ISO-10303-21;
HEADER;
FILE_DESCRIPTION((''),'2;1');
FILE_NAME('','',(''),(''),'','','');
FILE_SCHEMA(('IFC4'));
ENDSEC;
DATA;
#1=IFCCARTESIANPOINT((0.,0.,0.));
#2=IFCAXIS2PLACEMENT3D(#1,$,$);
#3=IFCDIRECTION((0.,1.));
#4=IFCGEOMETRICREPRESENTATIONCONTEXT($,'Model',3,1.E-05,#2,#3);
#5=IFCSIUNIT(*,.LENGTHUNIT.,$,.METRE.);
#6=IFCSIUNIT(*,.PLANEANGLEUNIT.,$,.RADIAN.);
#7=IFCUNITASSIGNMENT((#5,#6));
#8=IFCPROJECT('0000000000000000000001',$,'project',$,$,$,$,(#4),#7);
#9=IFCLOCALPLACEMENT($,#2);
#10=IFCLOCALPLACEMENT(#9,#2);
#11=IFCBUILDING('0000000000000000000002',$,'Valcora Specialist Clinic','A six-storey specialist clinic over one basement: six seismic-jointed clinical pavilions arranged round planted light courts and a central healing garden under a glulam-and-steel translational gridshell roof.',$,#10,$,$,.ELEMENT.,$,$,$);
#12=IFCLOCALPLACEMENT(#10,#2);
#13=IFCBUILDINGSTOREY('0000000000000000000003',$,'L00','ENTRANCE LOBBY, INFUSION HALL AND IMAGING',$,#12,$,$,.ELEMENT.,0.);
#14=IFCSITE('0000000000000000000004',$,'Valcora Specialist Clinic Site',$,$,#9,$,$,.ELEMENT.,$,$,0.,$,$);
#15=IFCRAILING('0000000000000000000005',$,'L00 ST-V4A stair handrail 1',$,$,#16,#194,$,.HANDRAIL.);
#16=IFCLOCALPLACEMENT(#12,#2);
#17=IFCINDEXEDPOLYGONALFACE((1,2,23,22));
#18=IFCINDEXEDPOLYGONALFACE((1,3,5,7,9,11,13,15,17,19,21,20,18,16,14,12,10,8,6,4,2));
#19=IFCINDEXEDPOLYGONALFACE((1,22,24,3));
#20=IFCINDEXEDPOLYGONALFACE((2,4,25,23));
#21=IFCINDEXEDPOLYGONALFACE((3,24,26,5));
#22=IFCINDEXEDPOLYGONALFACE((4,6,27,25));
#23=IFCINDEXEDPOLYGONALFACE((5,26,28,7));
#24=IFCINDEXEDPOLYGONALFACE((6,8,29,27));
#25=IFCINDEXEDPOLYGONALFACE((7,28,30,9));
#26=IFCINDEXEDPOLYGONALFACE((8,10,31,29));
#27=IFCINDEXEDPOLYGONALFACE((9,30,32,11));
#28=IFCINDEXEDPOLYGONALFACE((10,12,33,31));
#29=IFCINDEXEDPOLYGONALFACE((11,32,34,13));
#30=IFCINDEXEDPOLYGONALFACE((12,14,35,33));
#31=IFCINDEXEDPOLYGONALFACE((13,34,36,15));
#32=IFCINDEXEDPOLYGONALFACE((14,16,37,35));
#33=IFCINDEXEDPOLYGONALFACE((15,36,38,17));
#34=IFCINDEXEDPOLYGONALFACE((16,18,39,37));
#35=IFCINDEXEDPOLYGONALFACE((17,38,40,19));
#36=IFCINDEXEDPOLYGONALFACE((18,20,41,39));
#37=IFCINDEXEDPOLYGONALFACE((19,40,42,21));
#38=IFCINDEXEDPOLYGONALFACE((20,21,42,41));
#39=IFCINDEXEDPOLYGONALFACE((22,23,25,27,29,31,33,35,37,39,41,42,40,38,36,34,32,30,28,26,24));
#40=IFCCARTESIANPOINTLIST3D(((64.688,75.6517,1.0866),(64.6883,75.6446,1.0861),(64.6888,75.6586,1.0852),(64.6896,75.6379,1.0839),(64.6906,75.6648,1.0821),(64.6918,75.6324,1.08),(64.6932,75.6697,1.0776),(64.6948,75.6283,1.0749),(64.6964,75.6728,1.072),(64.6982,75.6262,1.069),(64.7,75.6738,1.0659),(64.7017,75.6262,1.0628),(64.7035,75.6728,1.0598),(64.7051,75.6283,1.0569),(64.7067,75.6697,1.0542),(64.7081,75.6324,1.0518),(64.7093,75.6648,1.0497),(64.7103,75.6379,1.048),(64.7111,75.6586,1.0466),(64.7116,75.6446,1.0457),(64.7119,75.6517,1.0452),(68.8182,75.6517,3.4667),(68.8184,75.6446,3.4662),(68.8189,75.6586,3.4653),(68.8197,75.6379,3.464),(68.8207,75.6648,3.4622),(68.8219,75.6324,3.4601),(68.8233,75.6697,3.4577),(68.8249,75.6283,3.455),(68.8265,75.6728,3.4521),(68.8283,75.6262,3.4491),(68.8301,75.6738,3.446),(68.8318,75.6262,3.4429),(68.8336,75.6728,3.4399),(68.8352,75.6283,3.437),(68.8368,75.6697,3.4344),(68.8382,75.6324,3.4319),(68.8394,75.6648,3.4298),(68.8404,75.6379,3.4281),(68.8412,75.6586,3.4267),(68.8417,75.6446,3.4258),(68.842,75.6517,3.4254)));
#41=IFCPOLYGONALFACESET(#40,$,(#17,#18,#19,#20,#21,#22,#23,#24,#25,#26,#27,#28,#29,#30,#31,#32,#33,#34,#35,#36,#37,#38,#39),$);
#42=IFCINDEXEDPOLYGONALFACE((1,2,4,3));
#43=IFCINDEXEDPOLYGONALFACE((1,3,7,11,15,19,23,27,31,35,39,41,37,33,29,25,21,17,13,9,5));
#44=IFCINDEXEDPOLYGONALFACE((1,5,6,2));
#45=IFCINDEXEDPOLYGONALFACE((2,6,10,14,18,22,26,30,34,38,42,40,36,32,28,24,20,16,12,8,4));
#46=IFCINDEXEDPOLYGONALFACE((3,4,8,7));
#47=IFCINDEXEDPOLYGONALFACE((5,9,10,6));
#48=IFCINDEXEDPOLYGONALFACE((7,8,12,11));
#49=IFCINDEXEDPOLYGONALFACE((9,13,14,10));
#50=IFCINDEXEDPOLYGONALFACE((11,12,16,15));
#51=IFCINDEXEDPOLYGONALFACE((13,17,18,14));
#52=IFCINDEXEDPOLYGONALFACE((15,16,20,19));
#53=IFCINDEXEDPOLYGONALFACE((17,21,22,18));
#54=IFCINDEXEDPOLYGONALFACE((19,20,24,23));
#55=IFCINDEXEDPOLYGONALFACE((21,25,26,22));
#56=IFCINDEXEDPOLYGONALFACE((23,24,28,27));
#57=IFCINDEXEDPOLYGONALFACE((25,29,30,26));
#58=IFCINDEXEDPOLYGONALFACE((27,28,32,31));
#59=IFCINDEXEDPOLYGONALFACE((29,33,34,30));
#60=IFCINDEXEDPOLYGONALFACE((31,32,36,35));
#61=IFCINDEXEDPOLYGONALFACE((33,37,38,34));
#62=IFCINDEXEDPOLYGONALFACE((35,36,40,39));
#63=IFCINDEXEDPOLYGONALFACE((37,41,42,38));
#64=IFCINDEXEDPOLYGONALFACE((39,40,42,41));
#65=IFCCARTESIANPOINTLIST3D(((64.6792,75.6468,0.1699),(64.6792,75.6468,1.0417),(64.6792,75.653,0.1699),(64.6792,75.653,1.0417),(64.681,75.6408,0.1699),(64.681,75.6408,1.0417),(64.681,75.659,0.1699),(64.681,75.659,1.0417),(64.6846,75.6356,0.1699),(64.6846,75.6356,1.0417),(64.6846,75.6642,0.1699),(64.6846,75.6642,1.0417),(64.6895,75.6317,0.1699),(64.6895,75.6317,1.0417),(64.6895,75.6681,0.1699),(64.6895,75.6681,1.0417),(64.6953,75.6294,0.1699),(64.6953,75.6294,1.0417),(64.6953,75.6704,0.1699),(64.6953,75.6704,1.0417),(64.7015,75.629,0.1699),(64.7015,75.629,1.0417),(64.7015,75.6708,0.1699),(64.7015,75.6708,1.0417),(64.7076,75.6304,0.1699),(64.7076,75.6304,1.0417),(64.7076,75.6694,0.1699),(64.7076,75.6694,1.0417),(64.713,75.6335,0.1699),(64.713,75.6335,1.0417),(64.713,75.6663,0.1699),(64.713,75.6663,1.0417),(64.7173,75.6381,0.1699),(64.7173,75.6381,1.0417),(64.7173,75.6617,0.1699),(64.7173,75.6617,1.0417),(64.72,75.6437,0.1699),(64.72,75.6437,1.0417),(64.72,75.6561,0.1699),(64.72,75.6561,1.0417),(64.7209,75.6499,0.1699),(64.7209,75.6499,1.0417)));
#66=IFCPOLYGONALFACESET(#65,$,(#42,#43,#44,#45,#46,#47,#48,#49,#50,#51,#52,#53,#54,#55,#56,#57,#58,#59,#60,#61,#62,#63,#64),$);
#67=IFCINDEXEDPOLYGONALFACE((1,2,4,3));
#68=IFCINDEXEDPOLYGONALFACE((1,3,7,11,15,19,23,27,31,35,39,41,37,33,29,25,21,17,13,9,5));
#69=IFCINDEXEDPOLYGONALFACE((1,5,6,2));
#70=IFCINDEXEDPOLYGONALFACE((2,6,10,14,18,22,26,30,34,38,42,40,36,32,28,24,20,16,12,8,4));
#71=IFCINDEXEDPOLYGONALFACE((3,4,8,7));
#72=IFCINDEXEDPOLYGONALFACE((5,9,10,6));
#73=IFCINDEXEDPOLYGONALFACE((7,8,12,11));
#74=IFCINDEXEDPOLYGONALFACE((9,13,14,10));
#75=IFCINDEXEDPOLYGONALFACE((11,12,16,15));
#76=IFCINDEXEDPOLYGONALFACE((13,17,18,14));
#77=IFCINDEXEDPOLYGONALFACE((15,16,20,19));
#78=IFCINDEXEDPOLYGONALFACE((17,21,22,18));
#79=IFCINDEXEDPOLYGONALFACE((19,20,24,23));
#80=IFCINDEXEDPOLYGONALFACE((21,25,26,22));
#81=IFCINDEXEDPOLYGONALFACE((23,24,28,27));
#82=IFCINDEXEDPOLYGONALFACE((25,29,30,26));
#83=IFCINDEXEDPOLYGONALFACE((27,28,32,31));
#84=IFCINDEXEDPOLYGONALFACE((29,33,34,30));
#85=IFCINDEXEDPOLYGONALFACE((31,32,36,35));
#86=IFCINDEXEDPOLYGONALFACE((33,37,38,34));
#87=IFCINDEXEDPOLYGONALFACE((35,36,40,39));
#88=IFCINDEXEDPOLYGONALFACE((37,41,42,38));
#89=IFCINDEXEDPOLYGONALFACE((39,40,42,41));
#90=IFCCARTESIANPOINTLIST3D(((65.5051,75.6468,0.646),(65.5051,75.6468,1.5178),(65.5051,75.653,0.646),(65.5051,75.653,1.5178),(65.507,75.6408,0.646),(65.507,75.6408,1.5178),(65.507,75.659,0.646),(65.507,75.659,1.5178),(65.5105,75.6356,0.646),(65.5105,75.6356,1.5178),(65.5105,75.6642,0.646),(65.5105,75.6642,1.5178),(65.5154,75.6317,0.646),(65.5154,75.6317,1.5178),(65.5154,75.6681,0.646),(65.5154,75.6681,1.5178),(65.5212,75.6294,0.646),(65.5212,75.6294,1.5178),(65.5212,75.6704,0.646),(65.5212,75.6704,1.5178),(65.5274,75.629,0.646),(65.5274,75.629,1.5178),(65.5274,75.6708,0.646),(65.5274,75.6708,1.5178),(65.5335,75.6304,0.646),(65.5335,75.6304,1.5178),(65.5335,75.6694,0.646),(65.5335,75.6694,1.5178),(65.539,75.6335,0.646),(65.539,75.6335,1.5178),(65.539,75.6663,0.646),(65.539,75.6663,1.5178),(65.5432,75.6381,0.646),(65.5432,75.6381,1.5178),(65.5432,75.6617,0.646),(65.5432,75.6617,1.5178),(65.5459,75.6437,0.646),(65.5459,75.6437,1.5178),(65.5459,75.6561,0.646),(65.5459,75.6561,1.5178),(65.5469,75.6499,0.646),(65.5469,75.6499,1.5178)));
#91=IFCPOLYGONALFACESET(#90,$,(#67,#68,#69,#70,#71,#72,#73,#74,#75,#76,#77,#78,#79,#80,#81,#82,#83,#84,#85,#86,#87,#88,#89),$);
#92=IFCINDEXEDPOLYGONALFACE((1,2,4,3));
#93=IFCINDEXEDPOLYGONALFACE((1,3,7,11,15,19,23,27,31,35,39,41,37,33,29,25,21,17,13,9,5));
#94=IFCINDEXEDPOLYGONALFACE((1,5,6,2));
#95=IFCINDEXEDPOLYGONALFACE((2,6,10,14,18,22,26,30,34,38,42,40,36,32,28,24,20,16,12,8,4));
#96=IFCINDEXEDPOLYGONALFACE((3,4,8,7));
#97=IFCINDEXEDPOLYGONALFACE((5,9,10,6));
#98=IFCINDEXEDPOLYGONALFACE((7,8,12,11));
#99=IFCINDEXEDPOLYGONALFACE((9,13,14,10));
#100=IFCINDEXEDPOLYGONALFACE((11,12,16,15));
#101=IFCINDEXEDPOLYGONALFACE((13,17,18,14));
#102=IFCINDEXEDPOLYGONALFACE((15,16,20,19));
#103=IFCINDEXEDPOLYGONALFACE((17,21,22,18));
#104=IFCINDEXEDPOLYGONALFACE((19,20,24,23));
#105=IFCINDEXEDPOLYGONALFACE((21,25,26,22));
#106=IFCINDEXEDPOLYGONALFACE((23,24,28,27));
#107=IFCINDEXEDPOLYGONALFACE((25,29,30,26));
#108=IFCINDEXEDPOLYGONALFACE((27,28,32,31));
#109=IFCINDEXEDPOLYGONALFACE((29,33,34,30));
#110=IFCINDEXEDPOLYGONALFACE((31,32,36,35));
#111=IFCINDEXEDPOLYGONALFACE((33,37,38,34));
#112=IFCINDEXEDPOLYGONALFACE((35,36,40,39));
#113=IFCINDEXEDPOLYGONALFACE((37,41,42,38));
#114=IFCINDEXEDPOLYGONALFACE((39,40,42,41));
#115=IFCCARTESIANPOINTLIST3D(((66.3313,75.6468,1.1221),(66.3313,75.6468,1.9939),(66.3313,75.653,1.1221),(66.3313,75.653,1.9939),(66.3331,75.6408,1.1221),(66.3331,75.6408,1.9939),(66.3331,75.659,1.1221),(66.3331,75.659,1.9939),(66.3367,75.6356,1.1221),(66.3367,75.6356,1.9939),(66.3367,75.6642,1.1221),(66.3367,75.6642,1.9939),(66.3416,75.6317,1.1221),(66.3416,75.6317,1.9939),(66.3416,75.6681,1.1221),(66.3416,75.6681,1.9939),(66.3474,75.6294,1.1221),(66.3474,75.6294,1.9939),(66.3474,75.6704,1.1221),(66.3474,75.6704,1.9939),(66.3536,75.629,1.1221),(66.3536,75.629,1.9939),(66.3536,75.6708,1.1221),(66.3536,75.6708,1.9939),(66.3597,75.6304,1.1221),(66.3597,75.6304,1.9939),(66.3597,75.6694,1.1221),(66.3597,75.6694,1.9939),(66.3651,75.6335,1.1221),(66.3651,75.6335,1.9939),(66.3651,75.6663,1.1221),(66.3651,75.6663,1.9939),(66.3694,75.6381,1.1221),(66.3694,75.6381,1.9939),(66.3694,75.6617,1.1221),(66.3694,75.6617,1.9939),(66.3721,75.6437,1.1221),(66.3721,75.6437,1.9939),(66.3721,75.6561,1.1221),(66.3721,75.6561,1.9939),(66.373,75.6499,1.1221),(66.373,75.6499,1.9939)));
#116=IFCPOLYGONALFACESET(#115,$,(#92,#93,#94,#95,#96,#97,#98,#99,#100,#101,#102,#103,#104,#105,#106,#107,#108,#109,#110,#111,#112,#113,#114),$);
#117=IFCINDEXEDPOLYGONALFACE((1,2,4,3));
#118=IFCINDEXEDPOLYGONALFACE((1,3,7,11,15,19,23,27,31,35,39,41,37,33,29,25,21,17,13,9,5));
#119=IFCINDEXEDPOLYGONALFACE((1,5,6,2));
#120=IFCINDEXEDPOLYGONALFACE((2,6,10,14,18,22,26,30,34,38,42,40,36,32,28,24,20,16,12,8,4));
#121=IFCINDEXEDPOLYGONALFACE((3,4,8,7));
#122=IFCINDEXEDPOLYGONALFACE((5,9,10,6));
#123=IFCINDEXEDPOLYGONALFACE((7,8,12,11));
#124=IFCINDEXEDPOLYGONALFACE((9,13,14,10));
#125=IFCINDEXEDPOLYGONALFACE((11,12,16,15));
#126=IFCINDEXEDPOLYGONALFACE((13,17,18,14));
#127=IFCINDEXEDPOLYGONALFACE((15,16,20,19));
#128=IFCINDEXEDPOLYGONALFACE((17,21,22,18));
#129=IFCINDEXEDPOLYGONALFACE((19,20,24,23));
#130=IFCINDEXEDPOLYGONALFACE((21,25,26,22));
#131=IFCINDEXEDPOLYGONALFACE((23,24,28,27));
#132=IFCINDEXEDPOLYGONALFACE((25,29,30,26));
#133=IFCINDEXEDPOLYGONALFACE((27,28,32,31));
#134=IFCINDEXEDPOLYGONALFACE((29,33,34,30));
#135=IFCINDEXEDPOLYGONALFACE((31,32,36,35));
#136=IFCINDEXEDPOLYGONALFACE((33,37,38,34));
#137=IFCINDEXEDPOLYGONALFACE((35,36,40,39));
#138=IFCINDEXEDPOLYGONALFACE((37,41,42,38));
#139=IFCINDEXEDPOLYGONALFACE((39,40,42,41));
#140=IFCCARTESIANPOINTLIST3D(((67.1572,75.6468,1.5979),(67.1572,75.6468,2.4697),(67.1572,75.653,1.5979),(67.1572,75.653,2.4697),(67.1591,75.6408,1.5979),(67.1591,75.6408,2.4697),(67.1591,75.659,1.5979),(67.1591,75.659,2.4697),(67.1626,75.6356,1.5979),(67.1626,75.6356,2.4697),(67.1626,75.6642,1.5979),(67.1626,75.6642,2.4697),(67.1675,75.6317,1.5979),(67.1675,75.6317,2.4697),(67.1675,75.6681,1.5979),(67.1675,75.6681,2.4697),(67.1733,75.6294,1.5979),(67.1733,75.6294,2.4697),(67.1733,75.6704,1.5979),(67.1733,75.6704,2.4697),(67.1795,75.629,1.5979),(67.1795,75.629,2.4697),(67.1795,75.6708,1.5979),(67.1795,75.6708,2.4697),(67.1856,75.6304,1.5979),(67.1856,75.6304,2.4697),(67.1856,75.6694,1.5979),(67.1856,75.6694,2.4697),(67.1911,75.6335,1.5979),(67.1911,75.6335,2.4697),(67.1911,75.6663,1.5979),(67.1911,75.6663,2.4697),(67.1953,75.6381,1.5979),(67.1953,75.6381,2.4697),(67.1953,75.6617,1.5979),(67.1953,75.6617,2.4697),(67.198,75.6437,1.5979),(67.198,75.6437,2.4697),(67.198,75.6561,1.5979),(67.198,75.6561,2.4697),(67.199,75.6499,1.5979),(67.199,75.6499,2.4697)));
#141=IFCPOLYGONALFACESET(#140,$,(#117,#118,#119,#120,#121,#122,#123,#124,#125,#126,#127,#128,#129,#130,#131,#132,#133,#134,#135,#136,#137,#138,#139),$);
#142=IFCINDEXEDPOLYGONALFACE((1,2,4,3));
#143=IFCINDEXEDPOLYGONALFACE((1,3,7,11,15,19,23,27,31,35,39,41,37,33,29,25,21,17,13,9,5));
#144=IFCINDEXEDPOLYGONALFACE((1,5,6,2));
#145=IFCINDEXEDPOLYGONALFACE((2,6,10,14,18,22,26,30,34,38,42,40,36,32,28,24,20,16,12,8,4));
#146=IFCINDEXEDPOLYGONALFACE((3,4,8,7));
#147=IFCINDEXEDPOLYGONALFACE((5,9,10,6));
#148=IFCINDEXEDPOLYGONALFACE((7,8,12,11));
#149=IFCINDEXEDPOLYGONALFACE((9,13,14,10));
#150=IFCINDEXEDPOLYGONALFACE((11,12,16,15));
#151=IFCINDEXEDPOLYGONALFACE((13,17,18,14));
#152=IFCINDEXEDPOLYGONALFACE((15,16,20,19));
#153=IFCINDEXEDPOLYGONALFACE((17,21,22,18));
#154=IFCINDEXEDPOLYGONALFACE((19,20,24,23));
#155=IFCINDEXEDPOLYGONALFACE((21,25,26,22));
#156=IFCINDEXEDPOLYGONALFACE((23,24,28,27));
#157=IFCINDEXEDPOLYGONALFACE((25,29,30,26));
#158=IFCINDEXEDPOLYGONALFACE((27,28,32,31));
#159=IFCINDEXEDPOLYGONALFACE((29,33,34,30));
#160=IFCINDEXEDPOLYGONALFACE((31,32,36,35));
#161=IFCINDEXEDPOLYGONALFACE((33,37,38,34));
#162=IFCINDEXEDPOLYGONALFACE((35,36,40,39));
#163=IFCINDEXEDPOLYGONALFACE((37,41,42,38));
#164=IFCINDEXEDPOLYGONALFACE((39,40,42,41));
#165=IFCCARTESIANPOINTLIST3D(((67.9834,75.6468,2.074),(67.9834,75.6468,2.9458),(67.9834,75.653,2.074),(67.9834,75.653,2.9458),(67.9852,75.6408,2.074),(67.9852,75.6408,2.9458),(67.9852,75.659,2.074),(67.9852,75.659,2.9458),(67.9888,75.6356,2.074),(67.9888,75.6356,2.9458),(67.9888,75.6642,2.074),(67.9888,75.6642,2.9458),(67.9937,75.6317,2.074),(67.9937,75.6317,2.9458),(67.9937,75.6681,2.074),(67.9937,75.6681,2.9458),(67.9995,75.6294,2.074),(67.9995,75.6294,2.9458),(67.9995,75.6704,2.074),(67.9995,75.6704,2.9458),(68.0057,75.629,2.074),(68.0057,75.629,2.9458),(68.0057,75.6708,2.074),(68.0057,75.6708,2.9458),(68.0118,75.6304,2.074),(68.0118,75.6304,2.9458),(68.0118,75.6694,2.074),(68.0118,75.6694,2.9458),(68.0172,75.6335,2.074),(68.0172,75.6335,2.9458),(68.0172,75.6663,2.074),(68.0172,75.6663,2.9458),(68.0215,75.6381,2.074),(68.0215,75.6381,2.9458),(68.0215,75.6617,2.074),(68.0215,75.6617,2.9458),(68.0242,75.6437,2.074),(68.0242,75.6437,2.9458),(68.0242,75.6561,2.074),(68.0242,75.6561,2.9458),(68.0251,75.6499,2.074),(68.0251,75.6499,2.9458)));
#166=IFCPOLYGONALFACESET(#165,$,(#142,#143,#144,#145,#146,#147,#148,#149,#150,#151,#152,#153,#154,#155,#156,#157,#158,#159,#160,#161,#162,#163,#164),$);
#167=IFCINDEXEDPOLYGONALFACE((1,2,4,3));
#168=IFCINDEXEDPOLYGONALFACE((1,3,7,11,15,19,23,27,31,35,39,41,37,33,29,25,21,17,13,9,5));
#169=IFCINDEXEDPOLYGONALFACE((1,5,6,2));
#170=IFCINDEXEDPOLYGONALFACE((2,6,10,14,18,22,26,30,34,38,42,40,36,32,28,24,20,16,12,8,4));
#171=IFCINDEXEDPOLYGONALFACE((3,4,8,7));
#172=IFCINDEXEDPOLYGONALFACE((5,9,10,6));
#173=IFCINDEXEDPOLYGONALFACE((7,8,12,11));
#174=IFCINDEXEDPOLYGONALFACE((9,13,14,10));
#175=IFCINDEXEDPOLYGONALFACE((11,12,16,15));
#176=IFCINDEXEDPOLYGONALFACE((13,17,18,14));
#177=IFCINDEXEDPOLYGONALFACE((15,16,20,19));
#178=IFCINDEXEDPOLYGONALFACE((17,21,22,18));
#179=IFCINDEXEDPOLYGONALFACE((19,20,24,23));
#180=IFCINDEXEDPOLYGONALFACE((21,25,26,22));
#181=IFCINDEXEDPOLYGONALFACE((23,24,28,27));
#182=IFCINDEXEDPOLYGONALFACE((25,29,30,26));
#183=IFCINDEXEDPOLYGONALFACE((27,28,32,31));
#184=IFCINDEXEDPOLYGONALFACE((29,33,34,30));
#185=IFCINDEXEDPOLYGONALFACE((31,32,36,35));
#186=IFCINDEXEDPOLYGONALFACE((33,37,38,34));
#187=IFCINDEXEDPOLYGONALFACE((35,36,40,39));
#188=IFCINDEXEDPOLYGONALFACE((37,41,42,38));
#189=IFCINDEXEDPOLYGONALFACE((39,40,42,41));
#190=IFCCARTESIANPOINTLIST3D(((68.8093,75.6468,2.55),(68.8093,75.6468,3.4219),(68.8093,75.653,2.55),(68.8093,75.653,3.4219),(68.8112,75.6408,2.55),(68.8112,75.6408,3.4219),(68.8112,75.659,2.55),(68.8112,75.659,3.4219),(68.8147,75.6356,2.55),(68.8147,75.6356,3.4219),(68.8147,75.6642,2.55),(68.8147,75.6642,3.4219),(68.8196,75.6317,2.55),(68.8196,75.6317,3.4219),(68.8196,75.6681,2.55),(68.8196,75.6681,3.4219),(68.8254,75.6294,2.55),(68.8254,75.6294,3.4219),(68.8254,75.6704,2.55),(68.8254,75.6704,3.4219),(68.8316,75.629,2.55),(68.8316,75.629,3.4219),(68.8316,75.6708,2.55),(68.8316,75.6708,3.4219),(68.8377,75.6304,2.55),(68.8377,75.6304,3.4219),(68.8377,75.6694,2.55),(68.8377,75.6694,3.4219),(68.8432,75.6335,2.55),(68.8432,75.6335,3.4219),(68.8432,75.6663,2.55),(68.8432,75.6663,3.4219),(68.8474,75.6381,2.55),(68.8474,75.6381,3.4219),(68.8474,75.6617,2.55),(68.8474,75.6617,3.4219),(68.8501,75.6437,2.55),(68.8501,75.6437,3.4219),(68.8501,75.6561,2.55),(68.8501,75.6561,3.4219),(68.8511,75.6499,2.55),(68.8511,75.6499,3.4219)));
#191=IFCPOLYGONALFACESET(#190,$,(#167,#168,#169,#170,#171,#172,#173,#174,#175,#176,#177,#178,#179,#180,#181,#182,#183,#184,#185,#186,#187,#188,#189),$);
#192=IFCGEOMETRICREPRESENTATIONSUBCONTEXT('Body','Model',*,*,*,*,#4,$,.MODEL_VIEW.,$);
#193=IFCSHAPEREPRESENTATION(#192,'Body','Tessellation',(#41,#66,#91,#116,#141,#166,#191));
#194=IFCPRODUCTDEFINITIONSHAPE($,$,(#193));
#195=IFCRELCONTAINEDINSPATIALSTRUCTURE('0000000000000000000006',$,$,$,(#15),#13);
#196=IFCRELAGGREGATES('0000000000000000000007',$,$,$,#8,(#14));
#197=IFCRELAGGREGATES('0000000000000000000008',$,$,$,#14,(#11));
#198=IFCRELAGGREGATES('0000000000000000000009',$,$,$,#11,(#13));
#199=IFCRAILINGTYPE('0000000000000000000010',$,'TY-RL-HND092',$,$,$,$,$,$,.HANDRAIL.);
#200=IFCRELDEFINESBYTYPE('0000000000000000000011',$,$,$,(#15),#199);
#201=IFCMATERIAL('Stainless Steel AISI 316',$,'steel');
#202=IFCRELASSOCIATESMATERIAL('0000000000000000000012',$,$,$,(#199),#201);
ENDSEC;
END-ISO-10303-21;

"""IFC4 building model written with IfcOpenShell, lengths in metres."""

from ifc_helpers import new_model, si_unit, direction, frame, origin, origin_2d, place, context, subcontext, project, spatial, circle, extrude, material, type_object, element, save


model = new_model("IFC4")

# Units and contexts
model_context = context("Model", 3, precision=1e-05, world=origin(), true_north=direction((0.0, 1.0)))
body_context = subcontext(model_context, "Body", "Model", "MODEL_VIEW")
ifc_project = project(units=[si_unit("LENGTHUNIT", "METRE"), si_unit("PLANEANGLEUNIT", "RADIAN")], contexts=[model_context])

# Site, building, storey
site_placement = place(None, origin())
site = spatial("IfcSite", under=ifc_project, at=site_placement, Name="Valcora Specialist Clinic Site", CompositionType="ELEMENT", RefElevation=0.0)
building_placement = place(site_placement, origin())
building = spatial("IfcBuilding", under=site, at=building_placement, Name="Valcora Specialist Clinic", Description="A six-storey specialist clinic over one basement: six seismic-jointed clinical pavilions arranged round planted light courts and a central healing garden under a glulam-and-steel translational gridshell roof.", CompositionType="ELEMENT")
storey_placement = place(building_placement, origin())
storey = spatial("IfcBuildingStorey", under=building, at=storey_placement, Name="L00", Description="ENTRANCE LOBBY, INFUSION HALL AND IMAGING", CompositionType="ELEMENT", Elevation=0.0)

# Shared definitions
ifc_material_1 = material(Name="Stainless Steel AISI 316", Category="steel")

# Railing
railing_type_1 = type_object("IfcRailingType", Name="TY-RL-HND092", PredefinedType="HANDRAIL", material=ifc_material_1)
railing_1_placement = place(storey_placement, frame((64.7, 75.6499, 0.1699)))
element("IfcRailing", 1, at=railing_1_placement, inside=storey, type_object=railing_type_1, Name="L00 ST-V4A stair handrail 1", PredefinedType="HANDRAIL", context=body_context, shape_type="SweptSolid", body=[
    extrude(circle(Radius=0.0239, at=origin_2d()), frame((0.0, 0.0, 0.896), z_axis=(0.866425, 0.0, 0.499307), x_axis=(0.0, 1.0, 0.0)), (0.0, 0.0, 1.0), 4.7668),
    extrude(circle(Radius=0.021, at=origin_2d()), origin(), (0.0, 0.0, 1.0), 0.8718),
    extrude(circle(Radius=0.021, at=origin_2d()), frame((0.8259, 0.0, 0.4761)), (0.0, 0.0, 1.0), 0.8718),
    extrude(circle(Radius=0.021, at=origin_2d()), frame((1.6521, 0.0, 0.9521)), (0.0, 0.0, 1.0), 0.8718),
    extrude(circle(Radius=0.021, at=origin_2d()), frame((2.478, 0.0, 1.428)), (0.0, 0.0, 1.0), 0.8718),
    extrude(circle(Radius=0.021, at=origin_2d()), frame((3.3042, 0.0, 1.9041)), (0.0, 0.0, 1.0), 0.8718),
    extrude(circle(Radius=0.021, at=origin_2d()), frame((4.1301, 0.0, 2.3801)), (0.0, 0.0, 1.0), 0.8718),
])

save(model, "model.ifc")
